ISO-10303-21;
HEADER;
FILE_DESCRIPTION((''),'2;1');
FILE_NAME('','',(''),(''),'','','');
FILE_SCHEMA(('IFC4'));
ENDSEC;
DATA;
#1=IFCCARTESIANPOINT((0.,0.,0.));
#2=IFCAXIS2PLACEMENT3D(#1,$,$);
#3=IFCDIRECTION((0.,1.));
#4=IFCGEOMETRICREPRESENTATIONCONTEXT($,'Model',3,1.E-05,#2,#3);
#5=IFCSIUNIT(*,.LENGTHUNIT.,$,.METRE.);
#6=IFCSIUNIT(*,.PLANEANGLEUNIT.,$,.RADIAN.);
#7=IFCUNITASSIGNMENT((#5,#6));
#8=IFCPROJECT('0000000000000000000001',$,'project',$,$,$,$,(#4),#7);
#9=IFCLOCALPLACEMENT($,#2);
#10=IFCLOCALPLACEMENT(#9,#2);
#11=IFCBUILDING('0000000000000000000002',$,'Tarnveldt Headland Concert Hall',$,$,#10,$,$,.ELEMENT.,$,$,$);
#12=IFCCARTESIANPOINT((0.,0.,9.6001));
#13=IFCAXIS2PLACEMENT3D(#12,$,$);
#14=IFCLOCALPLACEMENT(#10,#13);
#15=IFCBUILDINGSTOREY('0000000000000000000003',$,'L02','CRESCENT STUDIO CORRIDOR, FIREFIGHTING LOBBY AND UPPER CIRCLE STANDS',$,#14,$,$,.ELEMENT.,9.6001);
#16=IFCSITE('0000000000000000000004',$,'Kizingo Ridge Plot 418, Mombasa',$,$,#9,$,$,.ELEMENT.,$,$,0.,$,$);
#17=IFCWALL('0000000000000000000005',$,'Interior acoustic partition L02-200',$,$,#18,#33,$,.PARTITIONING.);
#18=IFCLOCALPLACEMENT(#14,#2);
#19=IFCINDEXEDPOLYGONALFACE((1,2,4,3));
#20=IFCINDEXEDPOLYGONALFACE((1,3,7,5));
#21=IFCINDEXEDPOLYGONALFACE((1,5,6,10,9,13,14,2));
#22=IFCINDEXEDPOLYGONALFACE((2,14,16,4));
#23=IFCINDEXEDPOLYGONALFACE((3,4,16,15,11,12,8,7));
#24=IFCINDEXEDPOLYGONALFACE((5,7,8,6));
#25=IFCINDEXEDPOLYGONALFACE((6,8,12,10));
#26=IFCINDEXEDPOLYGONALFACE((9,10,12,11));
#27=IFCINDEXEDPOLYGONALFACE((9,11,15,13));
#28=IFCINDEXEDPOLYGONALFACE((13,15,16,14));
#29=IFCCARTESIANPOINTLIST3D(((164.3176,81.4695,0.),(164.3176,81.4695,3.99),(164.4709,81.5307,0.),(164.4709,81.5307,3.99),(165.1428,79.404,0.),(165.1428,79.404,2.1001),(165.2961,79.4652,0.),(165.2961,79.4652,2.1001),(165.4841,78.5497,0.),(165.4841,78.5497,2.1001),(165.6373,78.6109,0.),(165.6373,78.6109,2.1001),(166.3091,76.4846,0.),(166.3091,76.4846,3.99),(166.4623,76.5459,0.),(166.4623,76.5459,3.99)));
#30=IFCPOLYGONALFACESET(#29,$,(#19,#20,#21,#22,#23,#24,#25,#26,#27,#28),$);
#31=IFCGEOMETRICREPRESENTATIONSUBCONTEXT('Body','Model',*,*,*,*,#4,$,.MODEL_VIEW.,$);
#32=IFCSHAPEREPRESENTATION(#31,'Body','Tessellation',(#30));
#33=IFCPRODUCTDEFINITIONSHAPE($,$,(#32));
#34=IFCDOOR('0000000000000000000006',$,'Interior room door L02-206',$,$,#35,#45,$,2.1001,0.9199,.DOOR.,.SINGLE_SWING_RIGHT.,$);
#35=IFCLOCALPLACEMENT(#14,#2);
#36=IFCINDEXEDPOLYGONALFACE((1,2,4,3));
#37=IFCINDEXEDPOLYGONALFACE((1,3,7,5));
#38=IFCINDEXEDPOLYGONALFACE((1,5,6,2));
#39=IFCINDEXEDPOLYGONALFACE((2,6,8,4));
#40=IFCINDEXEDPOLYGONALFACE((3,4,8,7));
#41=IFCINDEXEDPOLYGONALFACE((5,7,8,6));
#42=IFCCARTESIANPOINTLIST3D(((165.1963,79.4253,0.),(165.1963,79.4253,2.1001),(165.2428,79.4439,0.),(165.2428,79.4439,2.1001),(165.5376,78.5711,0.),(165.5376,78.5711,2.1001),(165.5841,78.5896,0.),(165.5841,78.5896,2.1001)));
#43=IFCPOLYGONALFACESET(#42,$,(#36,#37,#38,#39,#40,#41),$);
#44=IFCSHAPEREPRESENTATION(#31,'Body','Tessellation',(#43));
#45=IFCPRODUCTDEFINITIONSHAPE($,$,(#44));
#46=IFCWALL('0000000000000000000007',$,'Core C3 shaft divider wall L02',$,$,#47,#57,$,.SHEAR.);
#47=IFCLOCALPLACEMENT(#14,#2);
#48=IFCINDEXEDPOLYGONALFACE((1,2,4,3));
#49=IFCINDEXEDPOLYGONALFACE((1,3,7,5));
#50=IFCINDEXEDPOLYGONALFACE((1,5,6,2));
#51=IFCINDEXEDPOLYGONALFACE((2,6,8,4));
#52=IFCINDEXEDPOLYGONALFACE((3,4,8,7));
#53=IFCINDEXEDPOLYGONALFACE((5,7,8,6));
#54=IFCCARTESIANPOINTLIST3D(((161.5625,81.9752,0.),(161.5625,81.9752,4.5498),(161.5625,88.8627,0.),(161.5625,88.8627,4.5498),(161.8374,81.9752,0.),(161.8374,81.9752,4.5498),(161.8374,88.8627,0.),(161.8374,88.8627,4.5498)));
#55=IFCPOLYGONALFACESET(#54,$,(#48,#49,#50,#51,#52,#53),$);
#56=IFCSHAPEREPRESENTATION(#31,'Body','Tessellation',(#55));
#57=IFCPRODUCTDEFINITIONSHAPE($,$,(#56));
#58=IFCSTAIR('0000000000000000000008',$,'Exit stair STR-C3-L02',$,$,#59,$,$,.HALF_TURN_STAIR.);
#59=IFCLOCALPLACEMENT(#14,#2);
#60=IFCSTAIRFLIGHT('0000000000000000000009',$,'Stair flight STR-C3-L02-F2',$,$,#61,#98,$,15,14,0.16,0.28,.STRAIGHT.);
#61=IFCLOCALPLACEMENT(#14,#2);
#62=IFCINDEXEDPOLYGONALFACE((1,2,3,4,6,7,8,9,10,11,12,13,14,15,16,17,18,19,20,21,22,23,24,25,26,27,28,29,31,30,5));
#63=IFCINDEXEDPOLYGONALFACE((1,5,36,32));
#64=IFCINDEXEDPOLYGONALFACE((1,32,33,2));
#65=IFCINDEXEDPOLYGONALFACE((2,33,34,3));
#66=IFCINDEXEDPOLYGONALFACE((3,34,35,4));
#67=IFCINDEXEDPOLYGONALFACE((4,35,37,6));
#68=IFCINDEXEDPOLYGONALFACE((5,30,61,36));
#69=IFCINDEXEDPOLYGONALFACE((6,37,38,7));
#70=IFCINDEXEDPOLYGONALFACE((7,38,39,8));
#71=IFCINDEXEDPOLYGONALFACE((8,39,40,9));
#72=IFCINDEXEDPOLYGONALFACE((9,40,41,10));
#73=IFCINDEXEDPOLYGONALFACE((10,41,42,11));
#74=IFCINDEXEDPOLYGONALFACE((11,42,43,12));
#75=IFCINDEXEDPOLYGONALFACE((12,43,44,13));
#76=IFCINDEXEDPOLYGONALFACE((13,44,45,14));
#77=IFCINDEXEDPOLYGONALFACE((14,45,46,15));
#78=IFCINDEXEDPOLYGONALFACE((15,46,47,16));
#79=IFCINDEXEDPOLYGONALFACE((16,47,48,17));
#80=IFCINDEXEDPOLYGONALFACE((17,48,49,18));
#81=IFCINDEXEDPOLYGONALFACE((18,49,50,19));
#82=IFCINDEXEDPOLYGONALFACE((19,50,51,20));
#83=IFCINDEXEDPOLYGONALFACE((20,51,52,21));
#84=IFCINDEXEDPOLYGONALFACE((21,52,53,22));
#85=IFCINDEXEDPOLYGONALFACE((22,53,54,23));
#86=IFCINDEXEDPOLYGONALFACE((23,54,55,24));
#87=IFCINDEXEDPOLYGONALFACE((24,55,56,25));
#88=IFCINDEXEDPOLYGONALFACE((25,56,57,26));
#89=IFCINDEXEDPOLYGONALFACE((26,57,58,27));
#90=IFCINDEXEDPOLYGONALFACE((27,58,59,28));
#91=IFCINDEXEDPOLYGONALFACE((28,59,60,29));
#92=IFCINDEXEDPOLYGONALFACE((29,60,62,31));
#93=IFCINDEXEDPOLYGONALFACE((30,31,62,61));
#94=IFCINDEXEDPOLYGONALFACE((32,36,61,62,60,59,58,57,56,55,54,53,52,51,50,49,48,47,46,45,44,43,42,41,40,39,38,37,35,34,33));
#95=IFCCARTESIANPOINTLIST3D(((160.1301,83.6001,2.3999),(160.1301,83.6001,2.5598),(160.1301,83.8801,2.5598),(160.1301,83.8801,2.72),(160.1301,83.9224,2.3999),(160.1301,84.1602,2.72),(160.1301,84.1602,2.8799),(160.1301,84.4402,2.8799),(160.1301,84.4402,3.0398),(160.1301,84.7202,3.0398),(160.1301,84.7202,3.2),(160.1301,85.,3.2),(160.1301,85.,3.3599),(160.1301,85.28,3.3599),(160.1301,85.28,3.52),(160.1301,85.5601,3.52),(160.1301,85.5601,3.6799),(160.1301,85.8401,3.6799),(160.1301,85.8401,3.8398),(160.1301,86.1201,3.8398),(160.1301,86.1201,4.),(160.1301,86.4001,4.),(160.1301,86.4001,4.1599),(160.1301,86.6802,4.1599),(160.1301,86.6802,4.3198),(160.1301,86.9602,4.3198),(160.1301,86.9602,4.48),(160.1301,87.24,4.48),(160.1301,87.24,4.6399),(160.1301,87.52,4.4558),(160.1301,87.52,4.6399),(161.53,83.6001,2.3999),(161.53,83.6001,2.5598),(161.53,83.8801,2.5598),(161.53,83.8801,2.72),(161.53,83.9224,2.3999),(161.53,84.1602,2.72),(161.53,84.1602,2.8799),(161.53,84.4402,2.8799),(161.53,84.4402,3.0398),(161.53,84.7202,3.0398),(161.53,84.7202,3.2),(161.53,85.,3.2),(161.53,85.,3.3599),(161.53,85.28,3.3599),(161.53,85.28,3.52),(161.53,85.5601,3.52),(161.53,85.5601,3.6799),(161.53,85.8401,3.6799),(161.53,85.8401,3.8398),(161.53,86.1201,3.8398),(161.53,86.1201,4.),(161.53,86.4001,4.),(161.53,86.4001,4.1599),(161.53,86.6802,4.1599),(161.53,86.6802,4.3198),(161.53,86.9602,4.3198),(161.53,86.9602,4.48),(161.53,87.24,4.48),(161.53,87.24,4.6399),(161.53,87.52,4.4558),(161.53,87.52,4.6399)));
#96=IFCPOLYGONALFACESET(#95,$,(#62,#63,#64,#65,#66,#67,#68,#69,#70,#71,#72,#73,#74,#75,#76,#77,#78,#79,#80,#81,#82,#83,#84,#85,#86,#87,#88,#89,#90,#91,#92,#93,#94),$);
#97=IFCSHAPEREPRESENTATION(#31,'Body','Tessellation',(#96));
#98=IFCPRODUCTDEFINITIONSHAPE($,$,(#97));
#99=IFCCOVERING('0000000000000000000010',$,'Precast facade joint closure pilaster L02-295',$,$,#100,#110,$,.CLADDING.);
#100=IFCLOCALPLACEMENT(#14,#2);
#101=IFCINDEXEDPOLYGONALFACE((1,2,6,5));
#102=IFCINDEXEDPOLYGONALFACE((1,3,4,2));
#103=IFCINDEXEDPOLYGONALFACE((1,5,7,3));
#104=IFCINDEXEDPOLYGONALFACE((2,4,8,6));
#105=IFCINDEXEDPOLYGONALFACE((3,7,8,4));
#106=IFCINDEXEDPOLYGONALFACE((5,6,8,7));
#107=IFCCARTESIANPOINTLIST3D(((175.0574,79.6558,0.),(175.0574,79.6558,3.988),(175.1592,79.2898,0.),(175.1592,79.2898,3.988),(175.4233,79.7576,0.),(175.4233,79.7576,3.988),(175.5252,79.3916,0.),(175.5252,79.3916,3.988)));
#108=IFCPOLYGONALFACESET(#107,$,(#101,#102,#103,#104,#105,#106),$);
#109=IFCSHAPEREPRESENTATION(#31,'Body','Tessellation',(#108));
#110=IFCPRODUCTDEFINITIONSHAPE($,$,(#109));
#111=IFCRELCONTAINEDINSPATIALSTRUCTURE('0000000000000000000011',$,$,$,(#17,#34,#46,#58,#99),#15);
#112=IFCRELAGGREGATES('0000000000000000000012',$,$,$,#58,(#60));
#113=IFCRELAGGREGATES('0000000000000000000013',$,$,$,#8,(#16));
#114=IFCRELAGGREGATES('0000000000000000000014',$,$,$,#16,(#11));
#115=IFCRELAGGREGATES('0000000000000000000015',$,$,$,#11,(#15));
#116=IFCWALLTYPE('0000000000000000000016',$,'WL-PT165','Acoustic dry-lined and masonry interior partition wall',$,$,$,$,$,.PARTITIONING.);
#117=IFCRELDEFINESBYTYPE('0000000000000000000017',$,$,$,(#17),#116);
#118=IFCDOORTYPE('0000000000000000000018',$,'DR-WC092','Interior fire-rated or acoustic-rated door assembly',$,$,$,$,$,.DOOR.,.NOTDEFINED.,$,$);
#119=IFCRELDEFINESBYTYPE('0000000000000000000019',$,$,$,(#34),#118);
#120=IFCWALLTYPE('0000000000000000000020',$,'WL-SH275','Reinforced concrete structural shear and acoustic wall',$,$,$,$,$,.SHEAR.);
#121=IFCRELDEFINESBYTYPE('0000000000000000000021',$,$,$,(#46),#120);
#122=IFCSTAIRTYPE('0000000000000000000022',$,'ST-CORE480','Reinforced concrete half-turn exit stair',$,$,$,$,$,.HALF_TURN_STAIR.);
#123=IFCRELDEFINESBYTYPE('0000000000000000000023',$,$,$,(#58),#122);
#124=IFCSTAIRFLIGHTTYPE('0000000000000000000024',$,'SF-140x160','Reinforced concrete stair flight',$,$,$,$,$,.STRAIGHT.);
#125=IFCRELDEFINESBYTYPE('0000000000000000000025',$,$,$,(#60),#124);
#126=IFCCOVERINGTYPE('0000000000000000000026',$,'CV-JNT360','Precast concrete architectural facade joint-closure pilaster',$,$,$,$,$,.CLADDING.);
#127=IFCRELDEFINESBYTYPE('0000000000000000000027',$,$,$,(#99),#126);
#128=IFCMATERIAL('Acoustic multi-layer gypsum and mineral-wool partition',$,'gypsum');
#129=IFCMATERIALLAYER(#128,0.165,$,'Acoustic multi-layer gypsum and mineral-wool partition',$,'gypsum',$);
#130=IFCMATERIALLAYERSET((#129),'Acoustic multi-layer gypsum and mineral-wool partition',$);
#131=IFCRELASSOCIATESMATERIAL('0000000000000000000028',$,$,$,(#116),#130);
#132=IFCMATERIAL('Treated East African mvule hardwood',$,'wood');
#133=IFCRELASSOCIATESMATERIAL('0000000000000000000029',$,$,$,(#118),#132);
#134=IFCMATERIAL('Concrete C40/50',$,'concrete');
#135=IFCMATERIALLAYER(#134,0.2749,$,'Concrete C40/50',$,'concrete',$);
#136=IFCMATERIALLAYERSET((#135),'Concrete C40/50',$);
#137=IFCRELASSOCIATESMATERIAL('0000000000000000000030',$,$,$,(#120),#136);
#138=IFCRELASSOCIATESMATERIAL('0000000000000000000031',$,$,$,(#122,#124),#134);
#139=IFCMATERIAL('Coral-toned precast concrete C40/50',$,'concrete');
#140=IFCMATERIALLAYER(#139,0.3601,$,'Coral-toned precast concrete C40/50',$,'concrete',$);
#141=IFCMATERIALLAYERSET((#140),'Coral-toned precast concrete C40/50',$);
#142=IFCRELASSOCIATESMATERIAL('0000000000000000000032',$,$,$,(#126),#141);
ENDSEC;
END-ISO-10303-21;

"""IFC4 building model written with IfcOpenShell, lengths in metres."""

from ifc_helpers import new_model, si_unit, direction, frame, frame_2d, origin, origin_2d, place, context, subcontext, project, spatial, polyline, rectangle, outline, extrude, material, layer, layer_set, type_object, element, fill, aggregate, save


model = new_model("IFC4")

# Units and contexts
model_context = context("Model", 3, precision=1e-05, world=origin(), true_north=direction((0.0, 1.0)))
body_context = subcontext(model_context, "Body", "Model", "MODEL_VIEW")
ifc_project = project(units=[si_unit("LENGTHUNIT", "METRE"), si_unit("PLANEANGLEUNIT", "RADIAN")], contexts=[model_context])

# Site, building, storey
site_placement = place(None, origin())
site = spatial("IfcSite", under=ifc_project, at=site_placement, Name="Kizingo Ridge Plot 418, Mombasa", CompositionType="ELEMENT", RefElevation=0.0)
building_placement = place(site_placement, origin())
building = spatial("IfcBuilding", under=site, at=building_placement, Name="Tarnveldt Headland Concert Hall", CompositionType="ELEMENT")
storey_placement = place(building_placement, frame((0.0, 0.0, 9.6001)))
storey = spatial("IfcBuildingStorey", under=building, at=storey_placement, Name="L02", Description="CRESCENT STUDIO CORRIDOR, FIREFIGHTING LOBBY AND UPPER CIRCLE STANDS", CompositionType="ELEMENT", Elevation=9.6001)

# Shared definitions
ifc_material_1 = material(Name="Concrete C40/50", Category="concrete")

# Shared definitions
ifc_material_2 = material(Name="Coral-toned precast concrete C40/50", Category="concrete")

# Shared definitions
ifc_material_3 = material(Name="Acoustic multi-layer gypsum and mineral-wool partition", Category="gypsum")

# Wall, opening, door
ifc_layer_1 = layer(ifc_material_3, 0.165, Name="Acoustic multi-layer gypsum and mineral-wool partition", Category="gypsum")
ifc_layer_set_1 = layer_set([ifc_layer_1], Name="Acoustic multi-layer gypsum and mineral-wool partition")
wall_type_1 = type_object("IfcWallType", Name="WL-PT165", Description="Acoustic dry-lined and masonry interior partition wall", PredefinedType="PARTITIONING", material=ifc_layer_set_1)
ifc_material_4 = material(Name="Treated East African mvule hardwood", Category="wood")
wall_1_placement = place(storey_placement, frame((166.3857, 76.5151, 0.0), z_axis=(0.0, 0.0, 1.0), x_axis=(-0.370991, 0.928637, 0.0)))
wall_1 = element("IfcWall", 1, at=wall_1_placement, inside=storey, type_object=wall_type_1, Name="Interior acoustic partition L02-200", PredefinedType="PARTITIONING", context=body_context, shape_type="SweptSolid", body=[
    extrude(rectangle(XDim=5.3679, YDim=0.165, at=frame_2d((2.6841, 0.0))), origin(), (0.0, 0.0, 1.0), 3.99),
])
opening_1_placement = place(wall_1_placement, frame((2.2239, 0.0, 0.0)))
opening_1 = element("IfcOpeningElement", 2, at=opening_1_placement, cuts=wall_1, PredefinedType="OPENING", context=body_context, shape_type="SweptSolid", body=[
    extrude(rectangle(XDim=0.9199, YDim=2.1001, at=frame_2d((0.46, 1.05))), frame((0.0, 0.0925, 0.0), z_axis=(0.0, -1.0, 0.0), x_axis=(1.0, 0.0, 0.0)), (0.0, 0.0, 1.0), 0.1851),
])
door_type_1 = type_object("IfcDoorType", Name="DR-WC092", Description="Interior fire-rated or acoustic-rated door assembly", OperationType="NOTDEFINED", PredefinedType="DOOR", material=ifc_material_4)
door_1_placement = place(opening_1_placement, origin())
door_1 = element("IfcDoor", 3, at=door_1_placement, inside=storey, type_object=door_type_1, Name="Interior room door L02-206", OperationType="SINGLE_SWING_RIGHT", OverallHeight=2.1001, OverallWidth=0.9199, PredefinedType="DOOR", context=body_context, shape_type="SweptSolid", body=[
    extrude(rectangle(XDim=0.9199, YDim=2.1001, at=frame_2d((0.46, 1.05))), frame((0.0, 0.0249, 0.0), z_axis=(0.0, -1.0, 0.0), x_axis=(1.0, 0.0, 0.0)), (0.0, 0.0, 1.0), 0.05),
])
fill(opening_1, door_1)

# Wall
ifc_layer_2 = layer(ifc_material_1, 0.2749, Name="Concrete C40/50", Category="concrete")
ifc_layer_set_2 = layer_set([ifc_layer_2], Name="Concrete C40/50")
wall_type_2 = type_object("IfcWallType", Name="WL-SH275", Description="Reinforced concrete structural shear and acoustic wall", PredefinedType="SHEAR", material=ifc_layer_set_2)
wall_2_placement = place(storey_placement, frame((161.7, 81.9751, 0.0), z_axis=(0.0, 0.0, 1.0), x_axis=(0.0, 1.0, 0.0)))
element("IfcWall", 4, at=wall_2_placement, inside=storey, type_object=wall_type_2, Name="Core C3 shaft divider wall L02", PredefinedType="SHEAR", context=body_context, shape_type="SweptSolid", body=[
    extrude(rectangle(XDim=6.8875, YDim=0.2749, at=frame_2d((3.4438, 0.0))), origin(), (0.0, 0.0, 1.0), 4.5498),
])

# Stair, stair flight
stair_type = type_object("IfcStairType", Name="ST-CORE480", Description="Reinforced concrete half-turn exit stair", PredefinedType="HALF_TURN_STAIR", material=ifc_material_1)
stair_placement = place(storey_placement, origin())
stair = element("IfcStair", 5, at=stair_placement, inside=storey, type_object=stair_type, Name="Exit stair STR-C3-L02", PredefinedType="HALF_TURN_STAIR")
stair_flight_type = type_object("IfcStairFlightType", Name="SF-140x160", Description="Reinforced concrete stair flight", PredefinedType="STRAIGHT", material=ifc_material_1)
stair_flight_placement = place(storey_placement, frame((160.8301, 83.6001, 2.3999), z_axis=(0.0, 0.0, 1.0), x_axis=(0.0, 1.0, 0.0)))
stair_flight = element("IfcStairFlight", 6, at=stair_flight_placement, type_object=stair_flight_type, Name="Stair flight STR-C3-L02-F2", NumberOfRisers=15, NumberOfTreads=14, PredefinedType="STRAIGHT", RiserHeight=0.16, TreadLength=0.28, context=body_context, shape_type="SweptSolid", body=[
    extrude(outline(polyline([(0.0, 0.0), (0.0, 0.1599), (0.28, 0.1599), (0.28, 0.3201), (0.5601, 0.3201), (0.5601, 0.48), (0.8401, 0.48), (0.8401, 0.6399), (1.1201, 0.6399), (1.1201, 0.8), (1.3999, 0.8), (1.3999, 0.96), (1.6799, 0.96), (1.6799, 1.1201), (1.96, 1.1201), (1.96, 1.28), (2.24, 1.28), (2.24, 1.4399), (2.52, 1.4399), (2.52, 1.6001), (2.8, 1.6001), (2.8, 1.76), (3.0801, 1.76), (3.0801, 1.9199), (3.3601, 1.9199), (3.3601, 2.0801), (3.6399, 2.0801), (3.6399, 2.24), (3.9199, 2.24), (3.9199, 2.3999), (3.9199, 2.0559), (0.3223, 0.0), (0.0, 0.0)])), frame((0.0, 0.7, 0.0), z_axis=(0.0, -1.0, 0.0), x_axis=(1.0, 0.0, 0.0)), (0.0, 0.0, 1.0), 1.3999),
])
aggregate(stair, [stair_flight])

# Covering
ifc_layer_3 = layer(ifc_material_2, 0.3601, Name="Coral-toned precast concrete C40/50", Category="concrete")
ifc_layer_set_3 = layer_set([ifc_layer_3], Name="Coral-toned precast concrete C40/50")
covering_type = type_object("IfcCoveringType", Name="CV-JNT360", Description="Precast concrete architectural facade joint-closure pilaster", PredefinedType="CLADDING", material=ifc_layer_set_3)
covering_placement = place(storey_placement, frame((175.2913, 79.5237, 0.0), z_axis=(0.0, 0.0, 1.0), x_axis=(0.268079, -0.963397, 0.0)))
element("IfcCovering", 7, at=covering_placement, inside=storey, type_object=covering_type, Name="Precast facade joint closure pilaster L02-295", PredefinedType="CLADDING", context=body_context, shape_type="SweptSolid", body=[
    extrude(rectangle(XDim=0.3799, YDim=0.3799, at=origin_2d()), origin(), (0.0, 0.0, 1.0), 3.988),
])

save(model, "model.ifc")
